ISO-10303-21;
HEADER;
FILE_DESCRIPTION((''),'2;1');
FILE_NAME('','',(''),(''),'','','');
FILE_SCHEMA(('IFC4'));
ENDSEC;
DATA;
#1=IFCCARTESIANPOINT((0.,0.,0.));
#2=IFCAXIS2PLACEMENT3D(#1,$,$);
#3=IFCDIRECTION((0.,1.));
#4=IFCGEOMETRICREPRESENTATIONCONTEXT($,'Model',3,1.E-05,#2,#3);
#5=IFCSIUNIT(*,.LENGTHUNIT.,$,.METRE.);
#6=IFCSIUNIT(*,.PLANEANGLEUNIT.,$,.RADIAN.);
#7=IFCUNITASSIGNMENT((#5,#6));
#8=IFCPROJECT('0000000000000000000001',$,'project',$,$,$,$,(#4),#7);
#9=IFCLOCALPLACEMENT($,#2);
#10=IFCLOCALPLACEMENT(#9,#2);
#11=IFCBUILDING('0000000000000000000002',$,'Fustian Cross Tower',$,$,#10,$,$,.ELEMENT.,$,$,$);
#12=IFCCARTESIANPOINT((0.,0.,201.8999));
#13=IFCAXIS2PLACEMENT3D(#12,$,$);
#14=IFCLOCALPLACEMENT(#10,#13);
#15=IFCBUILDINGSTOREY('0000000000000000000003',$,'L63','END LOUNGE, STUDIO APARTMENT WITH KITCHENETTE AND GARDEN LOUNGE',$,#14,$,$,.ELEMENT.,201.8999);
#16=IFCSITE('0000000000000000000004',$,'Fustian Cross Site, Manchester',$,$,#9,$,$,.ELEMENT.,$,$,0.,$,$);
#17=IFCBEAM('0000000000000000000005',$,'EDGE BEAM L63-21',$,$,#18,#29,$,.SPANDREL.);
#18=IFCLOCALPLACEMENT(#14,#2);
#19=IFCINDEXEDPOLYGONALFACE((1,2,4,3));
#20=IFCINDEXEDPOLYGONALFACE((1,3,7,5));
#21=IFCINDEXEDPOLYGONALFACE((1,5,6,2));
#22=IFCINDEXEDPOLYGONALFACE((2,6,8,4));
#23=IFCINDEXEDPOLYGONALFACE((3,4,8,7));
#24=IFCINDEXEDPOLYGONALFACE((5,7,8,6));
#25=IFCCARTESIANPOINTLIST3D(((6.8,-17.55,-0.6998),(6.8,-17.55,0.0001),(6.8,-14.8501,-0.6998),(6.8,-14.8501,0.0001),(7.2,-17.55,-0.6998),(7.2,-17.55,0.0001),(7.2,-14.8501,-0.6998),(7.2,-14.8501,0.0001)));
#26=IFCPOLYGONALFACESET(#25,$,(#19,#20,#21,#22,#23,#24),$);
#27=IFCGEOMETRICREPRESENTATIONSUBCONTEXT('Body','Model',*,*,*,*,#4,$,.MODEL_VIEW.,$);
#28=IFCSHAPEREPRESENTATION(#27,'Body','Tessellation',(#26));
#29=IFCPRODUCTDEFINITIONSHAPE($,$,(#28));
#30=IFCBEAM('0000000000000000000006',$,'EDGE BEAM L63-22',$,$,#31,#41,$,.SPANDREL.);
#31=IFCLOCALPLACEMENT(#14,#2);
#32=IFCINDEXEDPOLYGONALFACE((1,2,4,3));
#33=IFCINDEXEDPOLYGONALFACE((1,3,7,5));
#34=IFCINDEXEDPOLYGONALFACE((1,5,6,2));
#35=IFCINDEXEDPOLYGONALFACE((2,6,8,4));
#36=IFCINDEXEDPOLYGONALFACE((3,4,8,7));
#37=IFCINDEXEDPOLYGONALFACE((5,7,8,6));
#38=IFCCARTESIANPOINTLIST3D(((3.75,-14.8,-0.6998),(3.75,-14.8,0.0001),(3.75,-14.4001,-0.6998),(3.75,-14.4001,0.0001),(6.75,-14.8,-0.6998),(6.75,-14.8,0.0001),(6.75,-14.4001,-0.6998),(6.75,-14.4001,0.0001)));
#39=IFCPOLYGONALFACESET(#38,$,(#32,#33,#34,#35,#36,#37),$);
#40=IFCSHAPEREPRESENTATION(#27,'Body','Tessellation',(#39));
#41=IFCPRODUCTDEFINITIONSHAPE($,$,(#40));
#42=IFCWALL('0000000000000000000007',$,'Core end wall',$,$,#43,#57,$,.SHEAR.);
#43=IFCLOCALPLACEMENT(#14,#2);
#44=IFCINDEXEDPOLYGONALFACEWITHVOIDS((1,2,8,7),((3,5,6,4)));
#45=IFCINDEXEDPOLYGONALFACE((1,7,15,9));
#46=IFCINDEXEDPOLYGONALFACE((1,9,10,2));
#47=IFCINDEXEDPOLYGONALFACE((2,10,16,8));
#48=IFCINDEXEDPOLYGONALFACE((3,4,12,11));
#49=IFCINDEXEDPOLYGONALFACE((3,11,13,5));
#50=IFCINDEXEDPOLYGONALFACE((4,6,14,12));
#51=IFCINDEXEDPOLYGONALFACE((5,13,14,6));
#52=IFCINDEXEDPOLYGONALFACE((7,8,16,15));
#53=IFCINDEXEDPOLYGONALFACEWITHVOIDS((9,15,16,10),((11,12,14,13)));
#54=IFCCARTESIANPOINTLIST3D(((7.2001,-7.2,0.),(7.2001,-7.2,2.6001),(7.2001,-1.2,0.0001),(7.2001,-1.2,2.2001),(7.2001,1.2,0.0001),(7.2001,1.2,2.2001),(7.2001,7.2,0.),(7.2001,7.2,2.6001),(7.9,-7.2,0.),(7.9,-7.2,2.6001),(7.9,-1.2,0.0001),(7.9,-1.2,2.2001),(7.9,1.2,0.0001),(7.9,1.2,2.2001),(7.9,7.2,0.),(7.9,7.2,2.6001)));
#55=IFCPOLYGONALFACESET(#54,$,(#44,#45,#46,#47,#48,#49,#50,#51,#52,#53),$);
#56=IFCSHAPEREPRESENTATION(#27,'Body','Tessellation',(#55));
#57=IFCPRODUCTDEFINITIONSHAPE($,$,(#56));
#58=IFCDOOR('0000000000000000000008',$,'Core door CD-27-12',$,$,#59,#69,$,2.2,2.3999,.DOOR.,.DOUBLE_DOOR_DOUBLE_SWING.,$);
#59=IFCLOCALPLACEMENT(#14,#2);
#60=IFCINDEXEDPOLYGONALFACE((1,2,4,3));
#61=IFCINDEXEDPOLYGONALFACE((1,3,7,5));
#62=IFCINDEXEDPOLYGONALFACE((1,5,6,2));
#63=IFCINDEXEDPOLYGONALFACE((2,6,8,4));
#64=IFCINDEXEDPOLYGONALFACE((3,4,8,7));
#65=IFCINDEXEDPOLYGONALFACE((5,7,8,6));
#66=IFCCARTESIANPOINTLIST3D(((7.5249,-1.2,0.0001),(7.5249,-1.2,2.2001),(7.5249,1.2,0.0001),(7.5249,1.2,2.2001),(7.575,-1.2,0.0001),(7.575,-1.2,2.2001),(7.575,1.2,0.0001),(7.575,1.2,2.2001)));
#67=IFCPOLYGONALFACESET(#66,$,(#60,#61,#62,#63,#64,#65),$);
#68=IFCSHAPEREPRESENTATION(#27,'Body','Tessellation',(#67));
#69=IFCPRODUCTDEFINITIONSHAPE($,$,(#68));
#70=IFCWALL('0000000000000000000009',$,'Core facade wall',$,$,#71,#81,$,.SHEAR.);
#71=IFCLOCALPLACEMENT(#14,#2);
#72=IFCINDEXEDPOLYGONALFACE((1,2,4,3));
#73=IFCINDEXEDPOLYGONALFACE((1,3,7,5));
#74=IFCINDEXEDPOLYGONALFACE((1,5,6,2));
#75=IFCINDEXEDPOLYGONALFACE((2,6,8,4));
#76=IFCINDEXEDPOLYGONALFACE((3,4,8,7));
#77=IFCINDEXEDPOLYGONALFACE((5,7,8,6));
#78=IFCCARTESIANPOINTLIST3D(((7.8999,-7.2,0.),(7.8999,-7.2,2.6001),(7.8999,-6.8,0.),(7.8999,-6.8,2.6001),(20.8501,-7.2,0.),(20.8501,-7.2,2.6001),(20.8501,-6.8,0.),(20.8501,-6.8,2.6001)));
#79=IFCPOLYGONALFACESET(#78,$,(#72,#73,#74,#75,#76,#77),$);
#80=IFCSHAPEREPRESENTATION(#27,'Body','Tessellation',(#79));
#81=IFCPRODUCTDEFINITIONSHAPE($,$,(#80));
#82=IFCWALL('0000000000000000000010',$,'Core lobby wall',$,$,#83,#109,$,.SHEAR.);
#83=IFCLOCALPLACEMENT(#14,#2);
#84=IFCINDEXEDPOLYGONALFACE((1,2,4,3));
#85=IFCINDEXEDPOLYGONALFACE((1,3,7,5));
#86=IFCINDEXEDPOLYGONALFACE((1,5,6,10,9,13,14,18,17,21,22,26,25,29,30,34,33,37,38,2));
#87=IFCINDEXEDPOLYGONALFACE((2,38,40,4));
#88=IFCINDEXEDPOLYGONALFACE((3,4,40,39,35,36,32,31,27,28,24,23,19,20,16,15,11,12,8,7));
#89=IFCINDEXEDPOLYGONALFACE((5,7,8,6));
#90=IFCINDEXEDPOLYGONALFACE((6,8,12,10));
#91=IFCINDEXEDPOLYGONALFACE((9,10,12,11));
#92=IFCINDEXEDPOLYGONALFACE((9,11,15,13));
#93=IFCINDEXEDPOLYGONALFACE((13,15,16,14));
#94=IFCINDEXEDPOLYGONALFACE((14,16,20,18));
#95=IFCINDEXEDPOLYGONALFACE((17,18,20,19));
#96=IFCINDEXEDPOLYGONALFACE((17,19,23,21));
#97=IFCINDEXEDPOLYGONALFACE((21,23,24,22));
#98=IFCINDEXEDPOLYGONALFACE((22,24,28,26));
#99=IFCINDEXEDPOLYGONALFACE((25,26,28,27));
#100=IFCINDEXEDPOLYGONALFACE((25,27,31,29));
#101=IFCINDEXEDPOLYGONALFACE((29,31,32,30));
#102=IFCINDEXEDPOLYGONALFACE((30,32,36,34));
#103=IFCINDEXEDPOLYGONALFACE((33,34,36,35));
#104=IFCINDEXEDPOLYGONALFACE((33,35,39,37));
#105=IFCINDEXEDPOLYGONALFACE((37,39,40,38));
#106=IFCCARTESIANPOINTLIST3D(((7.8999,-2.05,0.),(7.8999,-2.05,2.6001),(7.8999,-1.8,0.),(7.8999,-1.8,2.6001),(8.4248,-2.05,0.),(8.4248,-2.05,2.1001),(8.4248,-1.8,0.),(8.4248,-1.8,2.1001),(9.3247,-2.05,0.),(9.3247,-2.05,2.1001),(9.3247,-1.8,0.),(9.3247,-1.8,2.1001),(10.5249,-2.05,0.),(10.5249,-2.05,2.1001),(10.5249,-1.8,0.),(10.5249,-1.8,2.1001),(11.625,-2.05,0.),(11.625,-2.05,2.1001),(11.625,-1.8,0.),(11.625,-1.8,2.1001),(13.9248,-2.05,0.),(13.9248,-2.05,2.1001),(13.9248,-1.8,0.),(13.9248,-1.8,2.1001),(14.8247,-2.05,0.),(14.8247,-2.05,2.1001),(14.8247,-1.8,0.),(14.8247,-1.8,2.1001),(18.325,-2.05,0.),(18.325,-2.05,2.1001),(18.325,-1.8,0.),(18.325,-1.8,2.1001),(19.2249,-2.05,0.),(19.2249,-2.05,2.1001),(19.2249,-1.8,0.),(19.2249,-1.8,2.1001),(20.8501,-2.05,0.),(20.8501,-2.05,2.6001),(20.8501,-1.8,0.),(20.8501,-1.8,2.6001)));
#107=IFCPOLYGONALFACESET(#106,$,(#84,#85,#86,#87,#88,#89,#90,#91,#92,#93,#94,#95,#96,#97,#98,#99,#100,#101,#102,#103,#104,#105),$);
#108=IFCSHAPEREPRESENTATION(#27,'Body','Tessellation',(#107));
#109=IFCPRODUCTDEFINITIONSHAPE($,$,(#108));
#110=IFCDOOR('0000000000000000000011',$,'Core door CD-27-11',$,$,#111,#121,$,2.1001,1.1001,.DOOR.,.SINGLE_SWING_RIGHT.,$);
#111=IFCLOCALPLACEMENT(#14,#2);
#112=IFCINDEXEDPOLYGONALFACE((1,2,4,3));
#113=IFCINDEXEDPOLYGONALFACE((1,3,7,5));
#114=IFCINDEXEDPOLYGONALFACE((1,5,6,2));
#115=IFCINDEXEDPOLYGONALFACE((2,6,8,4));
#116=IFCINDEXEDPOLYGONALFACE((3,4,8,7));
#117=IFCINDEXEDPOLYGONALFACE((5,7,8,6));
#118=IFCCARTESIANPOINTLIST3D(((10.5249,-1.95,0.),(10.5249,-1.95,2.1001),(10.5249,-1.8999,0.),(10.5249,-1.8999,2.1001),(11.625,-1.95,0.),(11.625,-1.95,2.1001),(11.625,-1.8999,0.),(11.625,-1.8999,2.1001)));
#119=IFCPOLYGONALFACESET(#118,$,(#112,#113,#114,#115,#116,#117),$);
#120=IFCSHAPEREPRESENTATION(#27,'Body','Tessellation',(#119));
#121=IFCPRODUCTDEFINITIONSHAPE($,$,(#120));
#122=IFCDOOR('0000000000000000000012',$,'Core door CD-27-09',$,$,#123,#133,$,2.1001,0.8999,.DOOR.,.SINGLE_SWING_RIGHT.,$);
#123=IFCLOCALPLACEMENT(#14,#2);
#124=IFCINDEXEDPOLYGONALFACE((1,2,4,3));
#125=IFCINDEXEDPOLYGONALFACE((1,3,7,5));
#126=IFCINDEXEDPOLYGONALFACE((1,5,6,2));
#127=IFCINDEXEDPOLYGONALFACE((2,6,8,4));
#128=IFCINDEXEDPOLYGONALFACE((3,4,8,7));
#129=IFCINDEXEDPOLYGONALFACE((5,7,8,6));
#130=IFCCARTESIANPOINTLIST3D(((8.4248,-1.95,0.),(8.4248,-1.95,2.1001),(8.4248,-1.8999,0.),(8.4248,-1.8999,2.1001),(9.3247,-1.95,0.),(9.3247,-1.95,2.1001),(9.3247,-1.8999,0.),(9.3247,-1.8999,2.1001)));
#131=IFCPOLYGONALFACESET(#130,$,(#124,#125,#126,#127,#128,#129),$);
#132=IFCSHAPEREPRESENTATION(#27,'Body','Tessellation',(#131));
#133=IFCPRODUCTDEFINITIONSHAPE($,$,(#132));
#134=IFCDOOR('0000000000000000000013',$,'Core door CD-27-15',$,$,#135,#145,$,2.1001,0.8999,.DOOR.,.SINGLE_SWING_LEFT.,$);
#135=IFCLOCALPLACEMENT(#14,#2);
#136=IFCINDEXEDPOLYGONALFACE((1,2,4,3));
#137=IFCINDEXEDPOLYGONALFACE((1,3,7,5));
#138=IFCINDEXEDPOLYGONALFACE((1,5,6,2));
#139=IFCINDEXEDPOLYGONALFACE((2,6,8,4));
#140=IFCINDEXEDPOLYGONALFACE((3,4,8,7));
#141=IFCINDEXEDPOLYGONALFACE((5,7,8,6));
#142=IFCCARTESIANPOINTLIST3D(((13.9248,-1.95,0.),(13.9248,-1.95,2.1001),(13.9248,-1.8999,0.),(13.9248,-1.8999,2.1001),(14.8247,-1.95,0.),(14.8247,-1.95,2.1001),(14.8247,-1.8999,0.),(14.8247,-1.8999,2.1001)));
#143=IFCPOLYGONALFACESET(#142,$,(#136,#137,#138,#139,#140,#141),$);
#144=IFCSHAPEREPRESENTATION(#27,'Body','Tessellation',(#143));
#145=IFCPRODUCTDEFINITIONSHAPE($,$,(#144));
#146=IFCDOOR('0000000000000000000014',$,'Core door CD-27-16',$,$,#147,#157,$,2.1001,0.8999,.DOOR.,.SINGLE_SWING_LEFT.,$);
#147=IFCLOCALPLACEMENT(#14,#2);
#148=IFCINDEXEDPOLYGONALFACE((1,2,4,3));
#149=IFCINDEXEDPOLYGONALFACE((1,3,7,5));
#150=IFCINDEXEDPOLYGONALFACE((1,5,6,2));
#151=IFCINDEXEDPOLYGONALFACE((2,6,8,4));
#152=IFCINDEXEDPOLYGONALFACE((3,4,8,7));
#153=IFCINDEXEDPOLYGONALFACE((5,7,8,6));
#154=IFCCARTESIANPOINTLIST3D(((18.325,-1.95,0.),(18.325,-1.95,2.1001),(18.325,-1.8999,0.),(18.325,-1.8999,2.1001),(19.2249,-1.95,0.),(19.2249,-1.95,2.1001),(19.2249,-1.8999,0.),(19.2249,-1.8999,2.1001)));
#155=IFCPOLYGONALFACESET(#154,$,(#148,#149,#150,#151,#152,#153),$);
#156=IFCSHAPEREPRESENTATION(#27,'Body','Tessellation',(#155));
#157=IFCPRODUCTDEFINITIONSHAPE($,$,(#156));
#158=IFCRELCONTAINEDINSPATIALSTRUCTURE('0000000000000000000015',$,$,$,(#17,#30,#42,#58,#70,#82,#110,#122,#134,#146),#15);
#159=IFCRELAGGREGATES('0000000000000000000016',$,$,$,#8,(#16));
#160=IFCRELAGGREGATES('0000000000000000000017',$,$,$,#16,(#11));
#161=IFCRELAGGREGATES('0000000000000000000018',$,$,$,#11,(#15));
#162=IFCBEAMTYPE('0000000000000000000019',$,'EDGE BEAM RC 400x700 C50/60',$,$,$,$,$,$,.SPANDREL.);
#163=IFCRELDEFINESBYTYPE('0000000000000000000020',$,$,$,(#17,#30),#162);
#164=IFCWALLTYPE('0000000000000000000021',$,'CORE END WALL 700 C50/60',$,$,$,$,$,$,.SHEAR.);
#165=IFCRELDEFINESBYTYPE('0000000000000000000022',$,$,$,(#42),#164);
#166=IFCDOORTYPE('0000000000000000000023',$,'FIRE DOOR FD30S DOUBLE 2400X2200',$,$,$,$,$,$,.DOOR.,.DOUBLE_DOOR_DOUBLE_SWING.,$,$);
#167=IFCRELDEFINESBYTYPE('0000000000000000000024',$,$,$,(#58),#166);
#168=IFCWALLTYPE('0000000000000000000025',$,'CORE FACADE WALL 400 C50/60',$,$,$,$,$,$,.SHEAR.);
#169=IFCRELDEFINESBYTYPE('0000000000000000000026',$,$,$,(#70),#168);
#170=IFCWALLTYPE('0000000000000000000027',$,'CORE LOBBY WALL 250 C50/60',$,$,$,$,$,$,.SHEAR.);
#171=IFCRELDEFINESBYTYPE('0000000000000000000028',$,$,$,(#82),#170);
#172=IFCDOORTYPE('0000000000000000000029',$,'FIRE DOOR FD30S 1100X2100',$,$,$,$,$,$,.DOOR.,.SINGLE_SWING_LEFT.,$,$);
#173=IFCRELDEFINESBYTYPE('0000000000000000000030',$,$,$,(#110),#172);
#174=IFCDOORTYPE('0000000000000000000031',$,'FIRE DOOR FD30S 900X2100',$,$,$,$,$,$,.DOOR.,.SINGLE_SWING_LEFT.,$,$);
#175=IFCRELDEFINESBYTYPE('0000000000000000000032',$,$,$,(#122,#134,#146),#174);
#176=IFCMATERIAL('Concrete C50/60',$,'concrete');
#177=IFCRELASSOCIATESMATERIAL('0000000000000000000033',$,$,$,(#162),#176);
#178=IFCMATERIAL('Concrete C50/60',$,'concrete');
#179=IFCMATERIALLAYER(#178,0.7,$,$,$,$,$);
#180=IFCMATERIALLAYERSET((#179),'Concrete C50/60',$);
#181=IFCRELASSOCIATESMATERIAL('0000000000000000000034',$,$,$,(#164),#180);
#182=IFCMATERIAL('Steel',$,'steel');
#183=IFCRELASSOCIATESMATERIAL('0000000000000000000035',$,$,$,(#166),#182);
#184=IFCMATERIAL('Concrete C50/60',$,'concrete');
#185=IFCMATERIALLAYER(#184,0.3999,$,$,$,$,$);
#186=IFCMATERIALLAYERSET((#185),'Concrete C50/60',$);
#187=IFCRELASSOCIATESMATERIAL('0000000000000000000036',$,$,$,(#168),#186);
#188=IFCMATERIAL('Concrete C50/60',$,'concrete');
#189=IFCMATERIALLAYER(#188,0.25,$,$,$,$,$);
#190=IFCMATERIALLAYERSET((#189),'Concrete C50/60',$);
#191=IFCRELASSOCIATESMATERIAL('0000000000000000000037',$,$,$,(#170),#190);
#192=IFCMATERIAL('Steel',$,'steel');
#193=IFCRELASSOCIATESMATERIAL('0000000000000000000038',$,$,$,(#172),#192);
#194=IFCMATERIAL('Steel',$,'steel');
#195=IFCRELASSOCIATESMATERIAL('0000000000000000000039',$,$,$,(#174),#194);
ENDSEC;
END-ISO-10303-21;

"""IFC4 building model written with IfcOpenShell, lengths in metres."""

from ifc_helpers import new_model, si_unit, direction, frame, frame_2d, origin, origin_2d, place, context, subcontext, project, spatial, rectangle, extrude, material, layer, layer_set, material_profile, profile_set, type_object, element, fill, save


model = new_model("IFC4")

# Units and contexts
model_context = context("Model", 3, precision=1e-05, world=origin(), true_north=direction((0.0, 1.0)))
body_context = subcontext(model_context, "Body", "Model", "MODEL_VIEW")
ifc_project = project(units=[si_unit("LENGTHUNIT", "METRE"), si_unit("PLANEANGLEUNIT", "RADIAN")], contexts=[model_context])

# Site, building, storey
site_placement = place(None, origin())
site = spatial("IfcSite", under=ifc_project, at=site_placement, Name="Fustian Cross Site, Manchester", CompositionType="ELEMENT", RefElevation=0.0)
building_placement = place(site_placement, origin())
building = spatial("IfcBuilding", under=site, at=building_placement, Name="Fustian Cross Tower", CompositionType="ELEMENT")
storey_placement = place(building_placement, frame((0.0, 0.0, 201.8999)))
storey = spatial("IfcBuildingStorey", under=building, at=storey_placement, Name="L63", Description="END LOUNGE, STUDIO APARTMENT WITH KITCHENETTE AND GARDEN LOUNGE", CompositionType="ELEMENT", Elevation=201.8999)

# Beams
ifc_material_1 = material(Name="Concrete C50/60", Category="concrete")
ifc_material_profile = material_profile(ifc_material_1, rectangle(XDim=0.3999, YDim=0.7, at=origin_2d()), Name="RC 400x700")
ifc_profile_set = profile_set([ifc_material_profile], Name="Concrete C50/60")
beam_type = type_object("IfcBeamType", Name="EDGE BEAM RC 400x700 C50/60", PredefinedType="SPANDREL", material=ifc_profile_set)
beam_1_placement = place(storey_placement, frame((7.0, -17.55, -0.3499), z_axis=(0.0, 1.0, 0.0), x_axis=(-1.0, 0.0, 0.0)))
element("IfcBeam", 1, at=beam_1_placement, inside=storey, type_object=beam_type, Name="EDGE BEAM L63-21", PredefinedType="SPANDREL", context=body_context, shape_type="SweptSolid", body=[
    extrude(rectangle(XDim=0.3999, YDim=0.7, at=origin_2d()), origin(), (0.0, 0.0, 1.0), 2.7),
])
beam_2_placement = place(storey_placement, frame((6.75, -14.6001, -0.3499), z_axis=(-1.0, 0.0, 0.0), x_axis=(0.0, -1.0, 0.0)))
element("IfcBeam", 2, at=beam_2_placement, inside=storey, type_object=beam_type, Name="EDGE BEAM L63-22", PredefinedType="SPANDREL", context=body_context, shape_type="SweptSolid", body=[
    extrude(rectangle(XDim=0.3999, YDim=0.7, at=origin_2d()), origin(), (0.0, 0.0, 1.0), 3.0),
])

# Wall, opening, door
ifc_material_2 = material(Name="Concrete C50/60", Category="concrete")
ifc_layer_1 = layer(ifc_material_2, 0.7)
ifc_layer_set_1 = layer_set([ifc_layer_1], Name="Concrete C50/60")
wall_type_1 = type_object("IfcWallType", Name="CORE END WALL 700 C50/60", PredefinedType="SHEAR", material=ifc_layer_set_1)
wall_1_placement = place(storey_placement, frame((7.55, -7.2, 0.0), z_axis=(0.0, 0.0, 1.0), x_axis=(0.0, 1.0, 0.0)))
wall_1 = element("IfcWall", 3, at=wall_1_placement, inside=storey, type_object=wall_type_1, Name="Core end wall", PredefinedType="SHEAR", context=body_context, shape_type="SweptSolid", body=[
    extrude(rectangle(XDim=14.3999, YDim=0.7, at=frame_2d((7.2, 0.0))), origin(), (0.0, 0.0, 1.0), 2.6001),
])
opening_1_placement = place(wall_1_placement, frame((6.0, 0.0, 0.0)))
opening_1 = element("IfcOpeningElement", 4, at=opening_1_placement, cuts=wall_1, PredefinedType="OPENING", context=body_context, shape_type="SweptSolid", body=[
    extrude(rectangle(XDim=2.3999, YDim=2.2, at=frame_2d((1.2, 1.1001))), frame((0.0, 0.3599, 0.0), z_axis=(0.0, -1.0, 0.0), x_axis=(1.0, 0.0, 0.0)), (0.0, 0.0, 1.0), 0.72),
])
ifc_material_3 = material(Name="Steel", Category="steel")
door_type_1 = type_object("IfcDoorType", Name="FIRE DOOR FD30S DOUBLE 2400X2200", OperationType="DOUBLE_DOOR_DOUBLE_SWING", PredefinedType="DOOR", material=ifc_material_3)
door_1_placement = place(opening_1_placement, frame((2.3999, 0.0, 0.0), z_axis=(0.0, 0.0, 1.0), x_axis=(-1.0, 0.0, 0.0)))
door_1 = element("IfcDoor", 5, at=door_1_placement, inside=storey, type_object=door_type_1, Name="Core door CD-27-12", OperationType="DOUBLE_DOOR_DOUBLE_SWING", OverallHeight=2.2, OverallWidth=2.3999, PredefinedType="DOOR", context=body_context, shape_type="SweptSolid", body=[
    extrude(rectangle(XDim=2.3999, YDim=2.2, at=frame_2d((1.2, 1.1001))), frame((0.0, 0.0249, 0.0), z_axis=(0.0, -1.0, 0.0), x_axis=(1.0, 0.0, 0.0)), (0.0, 0.0, 1.0), 0.05),
])
fill(opening_1, door_1)

# Wall
ifc_material_4 = material(Name="Concrete C50/60", Category="concrete")
ifc_layer_2 = layer(ifc_material_4, 0.3999)
ifc_layer_set_2 = layer_set([ifc_layer_2], Name="Concrete C50/60")
wall_type_2 = type_object("IfcWallType", Name="CORE FACADE WALL 400 C50/60", PredefinedType="SHEAR", material=ifc_layer_set_2)
wall_2_placement = place(storey_placement, frame((7.8999, -7.0, 0.0), z_axis=(0.0, 0.0, 1.0), x_axis=(1.0, 0.0, 0.0)))
element("IfcWall", 6, at=wall_2_placement, inside=storey, type_object=wall_type_2, Name="Core facade wall", PredefinedType="SHEAR", context=body_context, shape_type="SweptSolid", body=[
    extrude(rectangle(XDim=12.9502, YDim=0.3999, at=frame_2d((6.4751, 0.0))), origin(), (0.0, 0.0, 1.0), 2.6001),
])

# Wall, openings, doors
ifc_material_5 = material(Name="Concrete C50/60", Category="concrete")
ifc_layer_3 = layer(ifc_material_5, 0.25)
ifc_layer_set_3 = layer_set([ifc_layer_3], Name="Concrete C50/60")
wall_type_3 = type_object("IfcWallType", Name="CORE LOBBY WALL 250 C50/60", PredefinedType="SHEAR", material=ifc_layer_set_3)
wall_3_placement = place(storey_placement, frame((7.8999, -1.925, 0.0), z_axis=(0.0, 0.0, 1.0), x_axis=(1.0, 0.0, 0.0)))
wall_3 = element("IfcWall", 7, at=wall_3_placement, inside=storey, type_object=wall_type_3, Name="Core lobby wall", PredefinedType="SHEAR", context=body_context, shape_type="SweptSolid", body=[
    extrude(rectangle(XDim=12.9502, YDim=0.25, at=frame_2d((6.4751, 0.0))), origin(), (0.0, 0.0, 1.0), 2.6001),
])
opening_2_placement = place(wall_3_placement, frame((0.5249, 0.0, 0.0)))
opening_2 = element("IfcOpeningElement", 8, at=opening_2_placement, cuts=wall_3, PredefinedType="OPENING", context=body_context, shape_type="SweptSolid", body=[
    extrude(rectangle(XDim=0.8999, YDim=2.1001, at=frame_2d((0.45, 1.05))), frame((0.0, 0.135, 0.0), z_axis=(0.0, -1.0, 0.0), x_axis=(1.0, 0.0, 0.0)), (0.0, 0.0, 1.0), 0.27),
])
opening_3_placement = place(wall_3_placement, frame((2.625, 0.0, 0.0)))
opening_3 = element("IfcOpeningElement", 9, at=opening_3_placement, cuts=wall_3, PredefinedType="OPENING", context=body_context, shape_type="SweptSolid", body=[
    extrude(rectangle(XDim=1.1001, YDim=2.1001, at=frame_2d((0.55, 1.05))), frame((0.0, 0.135, 0.0), z_axis=(0.0, -1.0, 0.0), x_axis=(1.0, 0.0, 0.0)), (0.0, 0.0, 1.0), 0.27),
])
opening_4_placement = place(wall_3_placement, frame((6.0249, 0.0, 0.0)))
opening_4 = element("IfcOpeningElement", 10, at=opening_4_placement, cuts=wall_3, PredefinedType="OPENING", context=body_context, shape_type="SweptSolid", body=[
    extrude(rectangle(XDim=0.8999, YDim=2.1001, at=frame_2d((0.45, 1.05))), frame((0.0, 0.135, 0.0), z_axis=(0.0, -1.0, 0.0), x_axis=(1.0, 0.0, 0.0)), (0.0, 0.0, 1.0), 0.27),
])
opening_5_placement = place(wall_3_placement, frame((10.425, 0.0, 0.0)))
opening_5 = element("IfcOpeningElement", 11, at=opening_5_placement, cuts=wall_3, PredefinedType="OPENING", context=body_context, shape_type="SweptSolid", body=[
    extrude(rectangle(XDim=0.8999, YDim=2.1001, at=frame_2d((0.45, 1.05))), frame((0.0, 0.135, 0.0), z_axis=(0.0, -1.0, 0.0), x_axis=(1.0, 0.0, 0.0)), (0.0, 0.0, 1.0), 0.27),
])
ifc_material_6 = material(Name="Steel", Category="steel")
door_type_2 = type_object("IfcDoorType", Name="FIRE DOOR FD30S 1100X2100", OperationType="SINGLE_SWING_LEFT", PredefinedType="DOOR", material=ifc_material_6)
door_2_placement = place(opening_3_placement, frame((1.1001, 0.0, 0.0), z_axis=(0.0, 0.0, 1.0), x_axis=(-1.0, 0.0, 0.0)))
door_2 = element("IfcDoor", 12, at=door_2_placement, inside=storey, type_object=door_type_2, Name="Core door CD-27-11", OperationType="SINGLE_SWING_RIGHT", OverallHeight=2.1001, OverallWidth=1.1001, PredefinedType="DOOR", context=body_context, shape_type="SweptSolid", body=[
    extrude(rectangle(XDim=1.1001, YDim=2.1001, at=frame_2d((0.55, 1.05))), frame((0.0, 0.0249, 0.0), z_axis=(0.0, -1.0, 0.0), x_axis=(1.0, 0.0, 0.0)), (0.0, 0.0, 1.0), 0.05),
])
fill(opening_3, door_2)
ifc_material_7 = material(Name="Steel", Category="steel")
door_type_3 = type_object("IfcDoorType", Name="FIRE DOOR FD30S 900X2100", OperationType="SINGLE_SWING_LEFT", PredefinedType="DOOR", material=ifc_material_7)
door_3_placement = place(opening_2_placement, frame((0.8999, 0.0, 0.0), z_axis=(0.0, 0.0, 1.0), x_axis=(-1.0, 0.0, 0.0)))
door_3 = element("IfcDoor", 13, at=door_3_placement, inside=storey, type_object=door_type_3, Name="Core door CD-27-09", OperationType="SINGLE_SWING_RIGHT", OverallHeight=2.1001, OverallWidth=0.8999, PredefinedType="DOOR", context=body_context, shape_type="SweptSolid", body=[
    extrude(rectangle(XDim=0.8999, YDim=2.1001, at=frame_2d((0.45, 1.05))), frame((0.0, 0.0249, 0.0), z_axis=(0.0, -1.0, 0.0), x_axis=(1.0, 0.0, 0.0)), (0.0, 0.0, 1.0), 0.05),
])
fill(opening_2, door_3)
door_4_placement = place(opening_4_placement, frame((0.8999, 0.0, 0.0), z_axis=(0.0, 0.0, 1.0), x_axis=(-1.0, 0.0, 0.0)))
door_4 = element("IfcDoor", 14, at=door_4_placement, inside=storey, type_object=door_type_3, Name="Core door CD-27-15", OperationType="SINGLE_SWING_LEFT", OverallHeight=2.1001, OverallWidth=0.8999, PredefinedType="DOOR", context=body_context, shape_type="SweptSolid", body=[
    extrude(rectangle(XDim=0.8999, YDim=2.1001, at=frame_2d((0.45, 1.05))), frame((0.0, 0.0249, 0.0), z_axis=(0.0, -1.0, 0.0), x_axis=(1.0, 0.0, 0.0)), (0.0, 0.0, 1.0), 0.05),
])
fill(opening_4, door_4)
door_5_placement = place(opening_5_placement, frame((0.8999, 0.0, 0.0), z_axis=(0.0, 0.0, 1.0), x_axis=(-1.0, 0.0, 0.0)))
door_5 = element("IfcDoor", 15, at=door_5_placement, inside=storey, type_object=door_type_3, Name="Core door CD-27-16", OperationType="SINGLE_SWING_LEFT", OverallHeight=2.1001, OverallWidth=0.8999, PredefinedType="DOOR", context=body_context, shape_type="SweptSolid", body=[
    extrude(rectangle(XDim=0.8999, YDim=2.1001, at=frame_2d((0.45, 1.05))), frame((0.0, 0.0249, 0.0), z_axis=(0.0, -1.0, 0.0), x_axis=(1.0, 0.0, 0.0)), (0.0, 0.0, 1.0), 0.05),
])
fill(opening_5, door_5)

save(model, "model.ifc")
